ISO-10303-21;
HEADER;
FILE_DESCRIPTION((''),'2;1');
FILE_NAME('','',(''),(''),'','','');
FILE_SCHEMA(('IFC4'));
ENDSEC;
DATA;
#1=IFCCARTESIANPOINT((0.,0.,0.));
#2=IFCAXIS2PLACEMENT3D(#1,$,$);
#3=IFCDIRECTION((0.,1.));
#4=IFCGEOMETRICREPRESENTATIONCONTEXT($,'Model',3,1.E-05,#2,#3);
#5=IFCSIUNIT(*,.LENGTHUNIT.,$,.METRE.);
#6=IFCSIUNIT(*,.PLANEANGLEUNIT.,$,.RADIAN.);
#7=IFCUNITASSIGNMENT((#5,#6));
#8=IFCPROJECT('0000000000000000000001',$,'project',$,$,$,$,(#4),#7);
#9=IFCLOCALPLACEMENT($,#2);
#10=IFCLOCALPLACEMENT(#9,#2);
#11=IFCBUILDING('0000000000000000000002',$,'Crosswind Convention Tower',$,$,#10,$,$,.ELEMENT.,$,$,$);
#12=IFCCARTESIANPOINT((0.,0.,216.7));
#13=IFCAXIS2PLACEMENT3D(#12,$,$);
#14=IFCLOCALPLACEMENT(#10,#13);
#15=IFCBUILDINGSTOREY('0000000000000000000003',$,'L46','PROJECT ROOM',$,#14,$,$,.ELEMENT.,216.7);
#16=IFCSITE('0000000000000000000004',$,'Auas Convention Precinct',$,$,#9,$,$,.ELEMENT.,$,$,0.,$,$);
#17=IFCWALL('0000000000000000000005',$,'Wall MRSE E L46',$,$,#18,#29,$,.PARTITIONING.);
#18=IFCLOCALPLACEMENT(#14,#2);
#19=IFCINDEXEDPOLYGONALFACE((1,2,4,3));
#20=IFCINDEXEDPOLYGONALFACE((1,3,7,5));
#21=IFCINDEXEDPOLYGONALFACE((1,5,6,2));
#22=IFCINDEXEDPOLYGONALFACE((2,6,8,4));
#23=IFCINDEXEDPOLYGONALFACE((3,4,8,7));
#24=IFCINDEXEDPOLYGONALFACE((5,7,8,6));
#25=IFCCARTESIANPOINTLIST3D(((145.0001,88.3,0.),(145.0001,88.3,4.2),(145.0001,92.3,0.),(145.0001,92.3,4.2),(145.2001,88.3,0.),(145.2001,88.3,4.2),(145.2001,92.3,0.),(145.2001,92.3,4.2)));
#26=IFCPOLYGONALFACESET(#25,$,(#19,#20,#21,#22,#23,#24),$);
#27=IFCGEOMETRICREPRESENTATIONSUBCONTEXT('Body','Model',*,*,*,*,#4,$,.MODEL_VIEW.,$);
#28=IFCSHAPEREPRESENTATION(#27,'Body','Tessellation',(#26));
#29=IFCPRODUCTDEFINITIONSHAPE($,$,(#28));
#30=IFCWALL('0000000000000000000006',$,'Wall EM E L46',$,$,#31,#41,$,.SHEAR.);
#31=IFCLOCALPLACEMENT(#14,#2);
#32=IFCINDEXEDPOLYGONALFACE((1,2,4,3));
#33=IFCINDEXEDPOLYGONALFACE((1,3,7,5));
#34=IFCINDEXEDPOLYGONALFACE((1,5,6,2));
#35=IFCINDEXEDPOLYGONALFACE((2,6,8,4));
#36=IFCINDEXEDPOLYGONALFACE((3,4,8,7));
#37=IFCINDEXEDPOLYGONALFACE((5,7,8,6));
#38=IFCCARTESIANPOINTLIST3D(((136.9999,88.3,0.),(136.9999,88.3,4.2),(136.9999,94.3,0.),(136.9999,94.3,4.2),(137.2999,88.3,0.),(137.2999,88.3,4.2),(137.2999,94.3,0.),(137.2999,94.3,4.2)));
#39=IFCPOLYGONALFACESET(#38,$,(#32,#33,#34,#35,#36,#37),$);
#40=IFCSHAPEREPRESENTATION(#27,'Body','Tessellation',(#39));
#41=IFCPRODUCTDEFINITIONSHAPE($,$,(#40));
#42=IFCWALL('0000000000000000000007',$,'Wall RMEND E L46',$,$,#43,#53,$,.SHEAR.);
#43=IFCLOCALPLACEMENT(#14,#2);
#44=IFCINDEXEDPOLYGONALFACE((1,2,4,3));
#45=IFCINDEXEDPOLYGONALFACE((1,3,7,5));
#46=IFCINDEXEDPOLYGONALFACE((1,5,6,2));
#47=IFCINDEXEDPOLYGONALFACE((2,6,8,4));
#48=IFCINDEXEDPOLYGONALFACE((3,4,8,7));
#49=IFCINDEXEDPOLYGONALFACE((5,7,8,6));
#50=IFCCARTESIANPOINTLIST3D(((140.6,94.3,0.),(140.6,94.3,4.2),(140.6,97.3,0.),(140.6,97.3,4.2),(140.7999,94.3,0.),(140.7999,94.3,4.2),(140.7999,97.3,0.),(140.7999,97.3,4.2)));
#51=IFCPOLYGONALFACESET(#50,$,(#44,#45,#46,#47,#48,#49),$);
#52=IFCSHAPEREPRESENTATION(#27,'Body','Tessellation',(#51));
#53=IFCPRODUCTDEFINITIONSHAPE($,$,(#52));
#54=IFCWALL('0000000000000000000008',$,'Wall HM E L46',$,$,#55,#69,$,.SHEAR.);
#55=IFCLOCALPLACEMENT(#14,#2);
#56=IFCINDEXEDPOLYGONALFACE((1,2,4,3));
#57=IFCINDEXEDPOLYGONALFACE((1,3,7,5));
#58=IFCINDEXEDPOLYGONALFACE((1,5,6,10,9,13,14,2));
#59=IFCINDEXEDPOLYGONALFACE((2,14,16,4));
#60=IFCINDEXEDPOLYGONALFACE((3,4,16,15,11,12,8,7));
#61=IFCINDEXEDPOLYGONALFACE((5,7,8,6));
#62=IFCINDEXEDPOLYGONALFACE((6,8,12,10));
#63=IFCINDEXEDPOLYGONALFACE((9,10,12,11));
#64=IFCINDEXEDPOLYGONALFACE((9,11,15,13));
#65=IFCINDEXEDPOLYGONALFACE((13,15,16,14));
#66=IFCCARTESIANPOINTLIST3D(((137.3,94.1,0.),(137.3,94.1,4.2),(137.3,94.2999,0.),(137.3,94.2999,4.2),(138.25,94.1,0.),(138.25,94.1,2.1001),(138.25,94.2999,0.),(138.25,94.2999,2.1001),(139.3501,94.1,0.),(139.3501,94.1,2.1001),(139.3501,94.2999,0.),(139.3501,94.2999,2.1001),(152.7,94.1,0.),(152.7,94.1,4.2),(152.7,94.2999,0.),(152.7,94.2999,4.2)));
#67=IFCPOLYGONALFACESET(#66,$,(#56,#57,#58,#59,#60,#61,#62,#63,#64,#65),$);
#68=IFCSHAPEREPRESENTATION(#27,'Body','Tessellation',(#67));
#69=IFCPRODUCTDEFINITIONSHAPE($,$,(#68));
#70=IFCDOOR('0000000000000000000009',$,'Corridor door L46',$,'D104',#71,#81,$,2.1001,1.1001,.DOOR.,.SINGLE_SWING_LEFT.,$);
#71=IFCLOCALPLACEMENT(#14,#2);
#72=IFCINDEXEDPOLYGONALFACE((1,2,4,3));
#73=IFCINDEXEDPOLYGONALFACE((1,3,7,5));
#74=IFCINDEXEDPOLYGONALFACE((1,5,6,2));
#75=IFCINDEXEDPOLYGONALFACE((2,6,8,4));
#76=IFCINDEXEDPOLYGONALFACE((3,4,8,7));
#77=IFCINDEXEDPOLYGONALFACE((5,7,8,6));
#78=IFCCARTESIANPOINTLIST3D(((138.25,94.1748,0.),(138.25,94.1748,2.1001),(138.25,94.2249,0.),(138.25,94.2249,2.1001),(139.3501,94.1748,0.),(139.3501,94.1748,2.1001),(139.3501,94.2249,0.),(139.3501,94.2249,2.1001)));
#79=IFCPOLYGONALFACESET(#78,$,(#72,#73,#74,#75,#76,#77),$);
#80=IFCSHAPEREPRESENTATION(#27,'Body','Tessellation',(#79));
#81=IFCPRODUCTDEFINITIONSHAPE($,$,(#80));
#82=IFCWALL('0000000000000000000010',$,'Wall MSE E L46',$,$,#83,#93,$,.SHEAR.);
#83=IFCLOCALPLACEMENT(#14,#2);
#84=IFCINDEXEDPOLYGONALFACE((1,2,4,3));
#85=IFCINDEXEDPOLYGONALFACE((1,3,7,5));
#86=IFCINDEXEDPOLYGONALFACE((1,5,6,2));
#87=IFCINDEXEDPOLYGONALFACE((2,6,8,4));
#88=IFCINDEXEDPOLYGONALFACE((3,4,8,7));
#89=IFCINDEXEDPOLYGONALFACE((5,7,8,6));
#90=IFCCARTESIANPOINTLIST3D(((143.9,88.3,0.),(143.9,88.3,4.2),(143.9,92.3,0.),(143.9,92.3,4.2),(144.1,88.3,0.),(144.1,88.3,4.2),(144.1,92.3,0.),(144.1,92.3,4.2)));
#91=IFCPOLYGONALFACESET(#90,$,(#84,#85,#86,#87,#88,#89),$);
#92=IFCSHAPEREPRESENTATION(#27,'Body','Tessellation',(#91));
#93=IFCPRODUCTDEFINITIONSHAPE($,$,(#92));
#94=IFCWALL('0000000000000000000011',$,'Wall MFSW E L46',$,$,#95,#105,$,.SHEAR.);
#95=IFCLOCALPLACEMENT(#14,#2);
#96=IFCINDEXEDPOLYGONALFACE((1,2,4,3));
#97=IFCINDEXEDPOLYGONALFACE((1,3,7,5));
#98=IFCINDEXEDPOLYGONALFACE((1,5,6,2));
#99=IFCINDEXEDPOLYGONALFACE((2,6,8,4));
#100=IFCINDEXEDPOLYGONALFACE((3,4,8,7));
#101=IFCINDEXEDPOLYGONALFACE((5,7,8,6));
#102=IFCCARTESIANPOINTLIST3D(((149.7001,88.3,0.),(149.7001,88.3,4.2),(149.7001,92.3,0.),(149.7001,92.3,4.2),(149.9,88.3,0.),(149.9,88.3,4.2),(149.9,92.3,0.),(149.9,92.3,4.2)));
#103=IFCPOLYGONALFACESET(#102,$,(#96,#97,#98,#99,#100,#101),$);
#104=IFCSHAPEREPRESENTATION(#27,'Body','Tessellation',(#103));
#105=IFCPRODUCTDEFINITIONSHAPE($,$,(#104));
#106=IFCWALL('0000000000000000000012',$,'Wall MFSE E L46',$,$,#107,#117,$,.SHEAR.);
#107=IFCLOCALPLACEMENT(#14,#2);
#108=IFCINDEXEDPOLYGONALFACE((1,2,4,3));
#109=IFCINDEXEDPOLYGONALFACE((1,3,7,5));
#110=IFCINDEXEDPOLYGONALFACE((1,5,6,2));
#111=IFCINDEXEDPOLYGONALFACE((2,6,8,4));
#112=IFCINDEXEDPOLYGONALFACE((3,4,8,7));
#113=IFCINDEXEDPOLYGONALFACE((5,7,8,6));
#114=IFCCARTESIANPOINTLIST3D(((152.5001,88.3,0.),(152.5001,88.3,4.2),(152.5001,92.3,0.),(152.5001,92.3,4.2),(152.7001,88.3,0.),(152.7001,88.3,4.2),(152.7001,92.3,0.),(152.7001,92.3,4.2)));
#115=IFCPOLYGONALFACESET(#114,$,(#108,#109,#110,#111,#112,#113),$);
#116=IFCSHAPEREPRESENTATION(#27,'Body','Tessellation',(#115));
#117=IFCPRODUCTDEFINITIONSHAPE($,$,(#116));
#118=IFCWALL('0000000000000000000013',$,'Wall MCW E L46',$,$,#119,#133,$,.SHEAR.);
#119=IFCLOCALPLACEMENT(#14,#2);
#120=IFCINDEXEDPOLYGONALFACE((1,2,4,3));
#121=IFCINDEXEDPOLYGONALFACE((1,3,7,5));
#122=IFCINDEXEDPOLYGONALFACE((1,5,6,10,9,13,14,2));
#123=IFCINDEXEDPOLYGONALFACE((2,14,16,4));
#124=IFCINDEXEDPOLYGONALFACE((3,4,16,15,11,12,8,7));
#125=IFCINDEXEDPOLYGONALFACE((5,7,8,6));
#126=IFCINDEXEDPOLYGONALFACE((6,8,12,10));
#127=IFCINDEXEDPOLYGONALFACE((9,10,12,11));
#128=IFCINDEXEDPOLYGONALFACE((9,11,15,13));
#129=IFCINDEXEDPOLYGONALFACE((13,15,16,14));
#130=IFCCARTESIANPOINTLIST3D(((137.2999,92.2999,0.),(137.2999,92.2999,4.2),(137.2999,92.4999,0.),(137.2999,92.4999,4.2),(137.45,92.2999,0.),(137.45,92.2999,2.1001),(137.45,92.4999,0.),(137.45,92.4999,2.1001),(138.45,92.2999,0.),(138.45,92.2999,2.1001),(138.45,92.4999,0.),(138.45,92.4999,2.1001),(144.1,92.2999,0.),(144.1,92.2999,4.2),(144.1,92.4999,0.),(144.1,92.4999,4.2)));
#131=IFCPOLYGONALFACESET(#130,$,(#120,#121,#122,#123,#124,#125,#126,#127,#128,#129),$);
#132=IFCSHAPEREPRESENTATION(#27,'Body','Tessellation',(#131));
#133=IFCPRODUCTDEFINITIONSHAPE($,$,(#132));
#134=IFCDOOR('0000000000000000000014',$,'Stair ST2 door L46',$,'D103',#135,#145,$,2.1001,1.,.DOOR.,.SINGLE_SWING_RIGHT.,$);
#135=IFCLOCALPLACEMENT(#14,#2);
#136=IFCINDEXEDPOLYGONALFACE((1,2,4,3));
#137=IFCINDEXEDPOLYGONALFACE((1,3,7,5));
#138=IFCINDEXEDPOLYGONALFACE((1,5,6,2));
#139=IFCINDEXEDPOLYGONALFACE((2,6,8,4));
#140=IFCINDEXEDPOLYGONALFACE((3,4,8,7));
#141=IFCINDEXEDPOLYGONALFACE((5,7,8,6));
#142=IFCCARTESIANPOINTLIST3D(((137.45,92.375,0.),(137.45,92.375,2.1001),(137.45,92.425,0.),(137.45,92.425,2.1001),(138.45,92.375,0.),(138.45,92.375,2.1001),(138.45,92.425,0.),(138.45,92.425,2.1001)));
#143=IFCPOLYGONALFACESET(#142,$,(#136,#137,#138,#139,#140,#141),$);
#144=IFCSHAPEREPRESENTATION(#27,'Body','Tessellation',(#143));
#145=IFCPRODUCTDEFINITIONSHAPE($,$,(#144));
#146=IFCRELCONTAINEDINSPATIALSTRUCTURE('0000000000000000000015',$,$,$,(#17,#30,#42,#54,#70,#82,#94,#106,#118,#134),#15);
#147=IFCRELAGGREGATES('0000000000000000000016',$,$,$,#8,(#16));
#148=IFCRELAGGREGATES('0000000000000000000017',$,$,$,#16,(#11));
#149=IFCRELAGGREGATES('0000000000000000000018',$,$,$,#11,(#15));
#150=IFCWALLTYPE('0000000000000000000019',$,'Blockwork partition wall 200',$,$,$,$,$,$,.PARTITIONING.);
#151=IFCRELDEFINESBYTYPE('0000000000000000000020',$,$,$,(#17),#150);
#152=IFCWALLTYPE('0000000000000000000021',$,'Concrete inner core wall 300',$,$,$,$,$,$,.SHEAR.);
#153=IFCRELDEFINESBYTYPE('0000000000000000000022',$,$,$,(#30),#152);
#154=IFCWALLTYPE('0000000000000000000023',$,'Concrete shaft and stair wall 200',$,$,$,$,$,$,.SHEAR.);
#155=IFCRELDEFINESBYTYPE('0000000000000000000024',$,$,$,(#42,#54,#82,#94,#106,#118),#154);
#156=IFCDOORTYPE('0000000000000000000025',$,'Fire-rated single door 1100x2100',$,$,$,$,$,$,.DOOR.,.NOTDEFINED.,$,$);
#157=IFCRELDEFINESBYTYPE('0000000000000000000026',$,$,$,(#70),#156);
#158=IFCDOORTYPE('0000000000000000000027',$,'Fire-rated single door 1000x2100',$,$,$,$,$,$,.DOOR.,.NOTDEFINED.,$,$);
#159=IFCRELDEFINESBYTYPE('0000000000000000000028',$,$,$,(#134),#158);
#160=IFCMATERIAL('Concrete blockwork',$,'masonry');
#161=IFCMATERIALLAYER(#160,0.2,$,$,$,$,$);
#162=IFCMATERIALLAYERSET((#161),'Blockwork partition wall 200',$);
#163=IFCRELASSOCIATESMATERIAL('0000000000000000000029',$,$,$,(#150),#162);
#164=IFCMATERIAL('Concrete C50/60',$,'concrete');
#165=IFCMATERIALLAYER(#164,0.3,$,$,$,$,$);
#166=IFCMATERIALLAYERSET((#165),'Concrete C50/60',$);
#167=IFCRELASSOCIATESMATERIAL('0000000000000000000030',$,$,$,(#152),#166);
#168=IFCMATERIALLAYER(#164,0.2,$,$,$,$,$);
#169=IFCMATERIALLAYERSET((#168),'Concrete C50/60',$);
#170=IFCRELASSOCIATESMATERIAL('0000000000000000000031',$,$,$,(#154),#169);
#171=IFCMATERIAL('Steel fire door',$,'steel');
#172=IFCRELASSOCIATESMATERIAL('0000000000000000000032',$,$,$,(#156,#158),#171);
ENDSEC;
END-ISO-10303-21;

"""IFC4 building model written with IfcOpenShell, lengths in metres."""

from ifc_helpers import new_model, si_unit, direction, frame, frame_2d, origin, place, context, subcontext, project, spatial, rectangle, extrude, material, layer, layer_set, type_object, element, fill, save


model = new_model("IFC4")

# Units and contexts
model_context = context("Model", 3, precision=1e-05, world=origin(), true_north=direction((0.0, 1.0)))
body_context = subcontext(model_context, "Body", "Model", "MODEL_VIEW")
ifc_project = project(units=[si_unit("LENGTHUNIT", "METRE"), si_unit("PLANEANGLEUNIT", "RADIAN")], contexts=[model_context])

# Site, building, storey
site_placement = place(None, origin())
site = spatial("IfcSite", under=ifc_project, at=site_placement, Name="Auas Convention Precinct", CompositionType="ELEMENT", RefElevation=0.0)
building_placement = place(site_placement, origin())
building = spatial("IfcBuilding", under=site, at=building_placement, Name="Crosswind Convention Tower", CompositionType="ELEMENT")
storey_placement = place(building_placement, frame((0.0, 0.0, 216.7)))
storey = spatial("IfcBuildingStorey", under=building, at=storey_placement, Name="L46", Description="PROJECT ROOM", CompositionType="ELEMENT", Elevation=216.7)

# Wall
ifc_material_1 = material(Name="Concrete blockwork", Category="masonry")
ifc_layer_1 = layer(ifc_material_1, 0.2)
ifc_layer_set_1 = layer_set([ifc_layer_1], Name="Blockwork partition wall 200")
wall_type_1 = type_object("IfcWallType", Name="Blockwork partition wall 200", PredefinedType="PARTITIONING", material=ifc_layer_set_1)
wall_1_placement = place(storey_placement, frame((145.1001, 88.3, 0.0), z_axis=(0.0, 0.0, 1.0), x_axis=(0.0, 1.0, 0.0)))
element("IfcWall", 1, at=wall_1_placement, inside=storey, type_object=wall_type_1, Name="Wall MRSE E L46", PredefinedType="PARTITIONING", context=body_context, shape_type="SweptSolid", body=[
    extrude(rectangle(XDim=4.0, YDim=0.2, at=frame_2d((2.0, 0.0))), origin(), (0.0, 0.0, 1.0), 4.2),
])

# Shared definitions
ifc_material_2 = material(Name="Concrete C50/60", Category="concrete")
ifc_layer_2 = layer(ifc_material_2, 0.3)
ifc_layer_set_2 = layer_set([ifc_layer_2], Name="Concrete C50/60")
wall_type_2 = type_object("IfcWallType", Name="Concrete inner core wall 300", PredefinedType="SHEAR", material=ifc_layer_set_2)

# Walls
wall_2_placement = place(storey_placement, frame((137.1499, 88.3, 0.0), z_axis=(0.0, 0.0, 1.0), x_axis=(0.0, 1.0, 0.0)))
element("IfcWall", 2, at=wall_2_placement, inside=storey, type_object=wall_type_2, Name="Wall EM E L46", PredefinedType="SHEAR", context=body_context, shape_type="SweptSolid", body=[
    extrude(rectangle(XDim=6.0, YDim=0.3, at=frame_2d((3.0, 0.0))), origin(), (0.0, 0.0, 1.0), 4.2),
])
ifc_layer_3 = layer(ifc_material_2, 0.2)
ifc_layer_set_3 = layer_set([ifc_layer_3], Name="Concrete C50/60")
wall_type_3 = type_object("IfcWallType", Name="Concrete shaft and stair wall 200", PredefinedType="SHEAR", material=ifc_layer_set_3)
wall_3_placement = place(storey_placement, frame((140.7, 94.3, 0.0), z_axis=(0.0, 0.0, 1.0), x_axis=(0.0, 1.0, 0.0)))
element("IfcWall", 3, at=wall_3_placement, inside=storey, type_object=wall_type_3, Name="Wall RMEND E L46", PredefinedType="SHEAR", context=body_context, shape_type="SweptSolid", body=[
    extrude(rectangle(XDim=3.0, YDim=0.2, at=frame_2d((1.5, 0.0))), origin(), (0.0, 0.0, 1.0), 4.2),
])

# Wall, opening, door
wall_4_placement = place(storey_placement, frame((137.3, 94.2, 0.0), z_axis=(0.0, 0.0, 1.0), x_axis=(1.0, 0.0, 0.0)))
wall_4 = element("IfcWall", 4, at=wall_4_placement, inside=storey, type_object=wall_type_3, Name="Wall HM E L46", PredefinedType="SHEAR", context=body_context, shape_type="SweptSolid", body=[
    extrude(rectangle(XDim=15.3999, YDim=0.2, at=frame_2d((7.7, 0.0))), origin(), (0.0, 0.0, 1.0), 4.2),
])
opening_1_placement = place(wall_4_placement, frame((0.95, 0.0, 0.0)))
opening_1 = element("IfcOpeningElement", 5, at=opening_1_placement, cuts=wall_4, PredefinedType="OPENING", context=body_context, shape_type="SweptSolid", body=[
    extrude(rectangle(XDim=1.1001, YDim=2.1001, at=frame_2d((0.55, 1.05))), frame((0.0, 0.1099, 0.0), z_axis=(0.0, -1.0, 0.0), x_axis=(1.0, 0.0, 0.0)), (0.0, 0.0, 1.0), 0.22),
])
ifc_material_3 = material(Name="Steel fire door", Category="steel")
door_type_1 = type_object("IfcDoorType", Name="Fire-rated single door 1100x2100", OperationType="NOTDEFINED", PredefinedType="DOOR", material=ifc_material_3)
door_1_placement = place(opening_1_placement, origin())
door_1 = element("IfcDoor", 6, at=door_1_placement, inside=storey, type_object=door_type_1, Name="Corridor door L46", ObjectType="D104", OperationType="SINGLE_SWING_LEFT", OverallHeight=2.1001, OverallWidth=1.1001, PredefinedType="DOOR", context=body_context, shape_type="SweptSolid", body=[
    extrude(rectangle(XDim=1.1001, YDim=2.1001, at=frame_2d((0.55, 1.05))), frame((0.0, 0.0249, 0.0), z_axis=(0.0, -1.0, 0.0), x_axis=(1.0, 0.0, 0.0)), (0.0, 0.0, 1.0), 0.05),
])
fill(opening_1, door_1)

# Walls
for number, where, z_axis, x_axis, name in (
    (7, (144.0, 88.3, 0.0), (0.0, 0.0, 1.0), (0.0, 1.0, 0.0), "Wall MSE E L46"),
    (8, (149.8, 88.3, 0.0), (0.0, 0.0, 1.0), (0.0, 1.0, 0.0), "Wall MFSW E L46"),
    (9, (152.6001, 88.3, 0.0), (0.0, 0.0, 1.0), (0.0, 1.0, 0.0), "Wall MFSE E L46"),
):
    element("IfcWall", number, at=place(storey_placement, frame(where, z_axis=z_axis, x_axis=x_axis)), inside=storey, type_object=wall_type_3, Name=name, PredefinedType="SHEAR", context=body_context, shape_type="SweptSolid", body=[
        extrude(rectangle(XDim=4.0, YDim=0.2, at=frame_2d((2.0, 0.0))), origin(), (0.0, 0.0, 1.0), 4.2),
    ])

# Wall, opening, door
wall_5_placement = place(storey_placement, frame((137.3, 92.3999, 0.0), z_axis=(0.0, 0.0, 1.0), x_axis=(1.0, 0.0, 0.0)))
wall_5 = element("IfcWall", 10, at=wall_5_placement, inside=storey, type_object=wall_type_3, Name="Wall MCW E L46", PredefinedType="SHEAR", context=body_context, shape_type="SweptSolid", body=[
    extrude(rectangle(XDim=6.8, YDim=0.2, at=frame_2d((3.3999, 0.0))), origin(), (0.0, 0.0, 1.0), 4.2),
])
opening_2_placement = place(wall_5_placement, frame((0.1499, 0.0, 0.0)))
opening_2 = element("IfcOpeningElement", 11, at=opening_2_placement, cuts=wall_5, PredefinedType="OPENING", context=body_context, shape_type="SweptSolid", body=[
    extrude(rectangle(XDim=1.0, YDim=2.1001, at=frame_2d((0.5, 1.05))), frame((0.0, 0.1099, 0.0), z_axis=(0.0, -1.0, 0.0), x_axis=(1.0, 0.0, 0.0)), (0.0, 0.0, 1.0), 0.22),
])
door_type_2 = type_object("IfcDoorType", Name="Fire-rated single door 1000x2100", OperationType="NOTDEFINED", PredefinedType="DOOR", material=ifc_material_3)
door_2_placement = place(opening_2_placement, frame((1.0, 0.0, 0.0), z_axis=(0.0, 0.0, 1.0), x_axis=(-1.0, 0.0, 0.0)))
door_2 = element("IfcDoor", 12, at=door_2_placement, inside=storey, type_object=door_type_2, Name="Stair ST2 door L46", ObjectType="D103", OperationType="SINGLE_SWING_RIGHT", OverallHeight=2.1001, OverallWidth=1.0, PredefinedType="DOOR", context=body_context, shape_type="SweptSolid", body=[
    extrude(rectangle(XDim=1.0, YDim=2.1001, at=frame_2d((0.5, 1.05))), frame((0.0, 0.0249, 0.0), z_axis=(0.0, -1.0, 0.0), x_axis=(1.0, 0.0, 0.0)), (0.0, 0.0, 1.0), 0.05),
])
fill(opening_2, door_2)

save(model, "model.ifc")
